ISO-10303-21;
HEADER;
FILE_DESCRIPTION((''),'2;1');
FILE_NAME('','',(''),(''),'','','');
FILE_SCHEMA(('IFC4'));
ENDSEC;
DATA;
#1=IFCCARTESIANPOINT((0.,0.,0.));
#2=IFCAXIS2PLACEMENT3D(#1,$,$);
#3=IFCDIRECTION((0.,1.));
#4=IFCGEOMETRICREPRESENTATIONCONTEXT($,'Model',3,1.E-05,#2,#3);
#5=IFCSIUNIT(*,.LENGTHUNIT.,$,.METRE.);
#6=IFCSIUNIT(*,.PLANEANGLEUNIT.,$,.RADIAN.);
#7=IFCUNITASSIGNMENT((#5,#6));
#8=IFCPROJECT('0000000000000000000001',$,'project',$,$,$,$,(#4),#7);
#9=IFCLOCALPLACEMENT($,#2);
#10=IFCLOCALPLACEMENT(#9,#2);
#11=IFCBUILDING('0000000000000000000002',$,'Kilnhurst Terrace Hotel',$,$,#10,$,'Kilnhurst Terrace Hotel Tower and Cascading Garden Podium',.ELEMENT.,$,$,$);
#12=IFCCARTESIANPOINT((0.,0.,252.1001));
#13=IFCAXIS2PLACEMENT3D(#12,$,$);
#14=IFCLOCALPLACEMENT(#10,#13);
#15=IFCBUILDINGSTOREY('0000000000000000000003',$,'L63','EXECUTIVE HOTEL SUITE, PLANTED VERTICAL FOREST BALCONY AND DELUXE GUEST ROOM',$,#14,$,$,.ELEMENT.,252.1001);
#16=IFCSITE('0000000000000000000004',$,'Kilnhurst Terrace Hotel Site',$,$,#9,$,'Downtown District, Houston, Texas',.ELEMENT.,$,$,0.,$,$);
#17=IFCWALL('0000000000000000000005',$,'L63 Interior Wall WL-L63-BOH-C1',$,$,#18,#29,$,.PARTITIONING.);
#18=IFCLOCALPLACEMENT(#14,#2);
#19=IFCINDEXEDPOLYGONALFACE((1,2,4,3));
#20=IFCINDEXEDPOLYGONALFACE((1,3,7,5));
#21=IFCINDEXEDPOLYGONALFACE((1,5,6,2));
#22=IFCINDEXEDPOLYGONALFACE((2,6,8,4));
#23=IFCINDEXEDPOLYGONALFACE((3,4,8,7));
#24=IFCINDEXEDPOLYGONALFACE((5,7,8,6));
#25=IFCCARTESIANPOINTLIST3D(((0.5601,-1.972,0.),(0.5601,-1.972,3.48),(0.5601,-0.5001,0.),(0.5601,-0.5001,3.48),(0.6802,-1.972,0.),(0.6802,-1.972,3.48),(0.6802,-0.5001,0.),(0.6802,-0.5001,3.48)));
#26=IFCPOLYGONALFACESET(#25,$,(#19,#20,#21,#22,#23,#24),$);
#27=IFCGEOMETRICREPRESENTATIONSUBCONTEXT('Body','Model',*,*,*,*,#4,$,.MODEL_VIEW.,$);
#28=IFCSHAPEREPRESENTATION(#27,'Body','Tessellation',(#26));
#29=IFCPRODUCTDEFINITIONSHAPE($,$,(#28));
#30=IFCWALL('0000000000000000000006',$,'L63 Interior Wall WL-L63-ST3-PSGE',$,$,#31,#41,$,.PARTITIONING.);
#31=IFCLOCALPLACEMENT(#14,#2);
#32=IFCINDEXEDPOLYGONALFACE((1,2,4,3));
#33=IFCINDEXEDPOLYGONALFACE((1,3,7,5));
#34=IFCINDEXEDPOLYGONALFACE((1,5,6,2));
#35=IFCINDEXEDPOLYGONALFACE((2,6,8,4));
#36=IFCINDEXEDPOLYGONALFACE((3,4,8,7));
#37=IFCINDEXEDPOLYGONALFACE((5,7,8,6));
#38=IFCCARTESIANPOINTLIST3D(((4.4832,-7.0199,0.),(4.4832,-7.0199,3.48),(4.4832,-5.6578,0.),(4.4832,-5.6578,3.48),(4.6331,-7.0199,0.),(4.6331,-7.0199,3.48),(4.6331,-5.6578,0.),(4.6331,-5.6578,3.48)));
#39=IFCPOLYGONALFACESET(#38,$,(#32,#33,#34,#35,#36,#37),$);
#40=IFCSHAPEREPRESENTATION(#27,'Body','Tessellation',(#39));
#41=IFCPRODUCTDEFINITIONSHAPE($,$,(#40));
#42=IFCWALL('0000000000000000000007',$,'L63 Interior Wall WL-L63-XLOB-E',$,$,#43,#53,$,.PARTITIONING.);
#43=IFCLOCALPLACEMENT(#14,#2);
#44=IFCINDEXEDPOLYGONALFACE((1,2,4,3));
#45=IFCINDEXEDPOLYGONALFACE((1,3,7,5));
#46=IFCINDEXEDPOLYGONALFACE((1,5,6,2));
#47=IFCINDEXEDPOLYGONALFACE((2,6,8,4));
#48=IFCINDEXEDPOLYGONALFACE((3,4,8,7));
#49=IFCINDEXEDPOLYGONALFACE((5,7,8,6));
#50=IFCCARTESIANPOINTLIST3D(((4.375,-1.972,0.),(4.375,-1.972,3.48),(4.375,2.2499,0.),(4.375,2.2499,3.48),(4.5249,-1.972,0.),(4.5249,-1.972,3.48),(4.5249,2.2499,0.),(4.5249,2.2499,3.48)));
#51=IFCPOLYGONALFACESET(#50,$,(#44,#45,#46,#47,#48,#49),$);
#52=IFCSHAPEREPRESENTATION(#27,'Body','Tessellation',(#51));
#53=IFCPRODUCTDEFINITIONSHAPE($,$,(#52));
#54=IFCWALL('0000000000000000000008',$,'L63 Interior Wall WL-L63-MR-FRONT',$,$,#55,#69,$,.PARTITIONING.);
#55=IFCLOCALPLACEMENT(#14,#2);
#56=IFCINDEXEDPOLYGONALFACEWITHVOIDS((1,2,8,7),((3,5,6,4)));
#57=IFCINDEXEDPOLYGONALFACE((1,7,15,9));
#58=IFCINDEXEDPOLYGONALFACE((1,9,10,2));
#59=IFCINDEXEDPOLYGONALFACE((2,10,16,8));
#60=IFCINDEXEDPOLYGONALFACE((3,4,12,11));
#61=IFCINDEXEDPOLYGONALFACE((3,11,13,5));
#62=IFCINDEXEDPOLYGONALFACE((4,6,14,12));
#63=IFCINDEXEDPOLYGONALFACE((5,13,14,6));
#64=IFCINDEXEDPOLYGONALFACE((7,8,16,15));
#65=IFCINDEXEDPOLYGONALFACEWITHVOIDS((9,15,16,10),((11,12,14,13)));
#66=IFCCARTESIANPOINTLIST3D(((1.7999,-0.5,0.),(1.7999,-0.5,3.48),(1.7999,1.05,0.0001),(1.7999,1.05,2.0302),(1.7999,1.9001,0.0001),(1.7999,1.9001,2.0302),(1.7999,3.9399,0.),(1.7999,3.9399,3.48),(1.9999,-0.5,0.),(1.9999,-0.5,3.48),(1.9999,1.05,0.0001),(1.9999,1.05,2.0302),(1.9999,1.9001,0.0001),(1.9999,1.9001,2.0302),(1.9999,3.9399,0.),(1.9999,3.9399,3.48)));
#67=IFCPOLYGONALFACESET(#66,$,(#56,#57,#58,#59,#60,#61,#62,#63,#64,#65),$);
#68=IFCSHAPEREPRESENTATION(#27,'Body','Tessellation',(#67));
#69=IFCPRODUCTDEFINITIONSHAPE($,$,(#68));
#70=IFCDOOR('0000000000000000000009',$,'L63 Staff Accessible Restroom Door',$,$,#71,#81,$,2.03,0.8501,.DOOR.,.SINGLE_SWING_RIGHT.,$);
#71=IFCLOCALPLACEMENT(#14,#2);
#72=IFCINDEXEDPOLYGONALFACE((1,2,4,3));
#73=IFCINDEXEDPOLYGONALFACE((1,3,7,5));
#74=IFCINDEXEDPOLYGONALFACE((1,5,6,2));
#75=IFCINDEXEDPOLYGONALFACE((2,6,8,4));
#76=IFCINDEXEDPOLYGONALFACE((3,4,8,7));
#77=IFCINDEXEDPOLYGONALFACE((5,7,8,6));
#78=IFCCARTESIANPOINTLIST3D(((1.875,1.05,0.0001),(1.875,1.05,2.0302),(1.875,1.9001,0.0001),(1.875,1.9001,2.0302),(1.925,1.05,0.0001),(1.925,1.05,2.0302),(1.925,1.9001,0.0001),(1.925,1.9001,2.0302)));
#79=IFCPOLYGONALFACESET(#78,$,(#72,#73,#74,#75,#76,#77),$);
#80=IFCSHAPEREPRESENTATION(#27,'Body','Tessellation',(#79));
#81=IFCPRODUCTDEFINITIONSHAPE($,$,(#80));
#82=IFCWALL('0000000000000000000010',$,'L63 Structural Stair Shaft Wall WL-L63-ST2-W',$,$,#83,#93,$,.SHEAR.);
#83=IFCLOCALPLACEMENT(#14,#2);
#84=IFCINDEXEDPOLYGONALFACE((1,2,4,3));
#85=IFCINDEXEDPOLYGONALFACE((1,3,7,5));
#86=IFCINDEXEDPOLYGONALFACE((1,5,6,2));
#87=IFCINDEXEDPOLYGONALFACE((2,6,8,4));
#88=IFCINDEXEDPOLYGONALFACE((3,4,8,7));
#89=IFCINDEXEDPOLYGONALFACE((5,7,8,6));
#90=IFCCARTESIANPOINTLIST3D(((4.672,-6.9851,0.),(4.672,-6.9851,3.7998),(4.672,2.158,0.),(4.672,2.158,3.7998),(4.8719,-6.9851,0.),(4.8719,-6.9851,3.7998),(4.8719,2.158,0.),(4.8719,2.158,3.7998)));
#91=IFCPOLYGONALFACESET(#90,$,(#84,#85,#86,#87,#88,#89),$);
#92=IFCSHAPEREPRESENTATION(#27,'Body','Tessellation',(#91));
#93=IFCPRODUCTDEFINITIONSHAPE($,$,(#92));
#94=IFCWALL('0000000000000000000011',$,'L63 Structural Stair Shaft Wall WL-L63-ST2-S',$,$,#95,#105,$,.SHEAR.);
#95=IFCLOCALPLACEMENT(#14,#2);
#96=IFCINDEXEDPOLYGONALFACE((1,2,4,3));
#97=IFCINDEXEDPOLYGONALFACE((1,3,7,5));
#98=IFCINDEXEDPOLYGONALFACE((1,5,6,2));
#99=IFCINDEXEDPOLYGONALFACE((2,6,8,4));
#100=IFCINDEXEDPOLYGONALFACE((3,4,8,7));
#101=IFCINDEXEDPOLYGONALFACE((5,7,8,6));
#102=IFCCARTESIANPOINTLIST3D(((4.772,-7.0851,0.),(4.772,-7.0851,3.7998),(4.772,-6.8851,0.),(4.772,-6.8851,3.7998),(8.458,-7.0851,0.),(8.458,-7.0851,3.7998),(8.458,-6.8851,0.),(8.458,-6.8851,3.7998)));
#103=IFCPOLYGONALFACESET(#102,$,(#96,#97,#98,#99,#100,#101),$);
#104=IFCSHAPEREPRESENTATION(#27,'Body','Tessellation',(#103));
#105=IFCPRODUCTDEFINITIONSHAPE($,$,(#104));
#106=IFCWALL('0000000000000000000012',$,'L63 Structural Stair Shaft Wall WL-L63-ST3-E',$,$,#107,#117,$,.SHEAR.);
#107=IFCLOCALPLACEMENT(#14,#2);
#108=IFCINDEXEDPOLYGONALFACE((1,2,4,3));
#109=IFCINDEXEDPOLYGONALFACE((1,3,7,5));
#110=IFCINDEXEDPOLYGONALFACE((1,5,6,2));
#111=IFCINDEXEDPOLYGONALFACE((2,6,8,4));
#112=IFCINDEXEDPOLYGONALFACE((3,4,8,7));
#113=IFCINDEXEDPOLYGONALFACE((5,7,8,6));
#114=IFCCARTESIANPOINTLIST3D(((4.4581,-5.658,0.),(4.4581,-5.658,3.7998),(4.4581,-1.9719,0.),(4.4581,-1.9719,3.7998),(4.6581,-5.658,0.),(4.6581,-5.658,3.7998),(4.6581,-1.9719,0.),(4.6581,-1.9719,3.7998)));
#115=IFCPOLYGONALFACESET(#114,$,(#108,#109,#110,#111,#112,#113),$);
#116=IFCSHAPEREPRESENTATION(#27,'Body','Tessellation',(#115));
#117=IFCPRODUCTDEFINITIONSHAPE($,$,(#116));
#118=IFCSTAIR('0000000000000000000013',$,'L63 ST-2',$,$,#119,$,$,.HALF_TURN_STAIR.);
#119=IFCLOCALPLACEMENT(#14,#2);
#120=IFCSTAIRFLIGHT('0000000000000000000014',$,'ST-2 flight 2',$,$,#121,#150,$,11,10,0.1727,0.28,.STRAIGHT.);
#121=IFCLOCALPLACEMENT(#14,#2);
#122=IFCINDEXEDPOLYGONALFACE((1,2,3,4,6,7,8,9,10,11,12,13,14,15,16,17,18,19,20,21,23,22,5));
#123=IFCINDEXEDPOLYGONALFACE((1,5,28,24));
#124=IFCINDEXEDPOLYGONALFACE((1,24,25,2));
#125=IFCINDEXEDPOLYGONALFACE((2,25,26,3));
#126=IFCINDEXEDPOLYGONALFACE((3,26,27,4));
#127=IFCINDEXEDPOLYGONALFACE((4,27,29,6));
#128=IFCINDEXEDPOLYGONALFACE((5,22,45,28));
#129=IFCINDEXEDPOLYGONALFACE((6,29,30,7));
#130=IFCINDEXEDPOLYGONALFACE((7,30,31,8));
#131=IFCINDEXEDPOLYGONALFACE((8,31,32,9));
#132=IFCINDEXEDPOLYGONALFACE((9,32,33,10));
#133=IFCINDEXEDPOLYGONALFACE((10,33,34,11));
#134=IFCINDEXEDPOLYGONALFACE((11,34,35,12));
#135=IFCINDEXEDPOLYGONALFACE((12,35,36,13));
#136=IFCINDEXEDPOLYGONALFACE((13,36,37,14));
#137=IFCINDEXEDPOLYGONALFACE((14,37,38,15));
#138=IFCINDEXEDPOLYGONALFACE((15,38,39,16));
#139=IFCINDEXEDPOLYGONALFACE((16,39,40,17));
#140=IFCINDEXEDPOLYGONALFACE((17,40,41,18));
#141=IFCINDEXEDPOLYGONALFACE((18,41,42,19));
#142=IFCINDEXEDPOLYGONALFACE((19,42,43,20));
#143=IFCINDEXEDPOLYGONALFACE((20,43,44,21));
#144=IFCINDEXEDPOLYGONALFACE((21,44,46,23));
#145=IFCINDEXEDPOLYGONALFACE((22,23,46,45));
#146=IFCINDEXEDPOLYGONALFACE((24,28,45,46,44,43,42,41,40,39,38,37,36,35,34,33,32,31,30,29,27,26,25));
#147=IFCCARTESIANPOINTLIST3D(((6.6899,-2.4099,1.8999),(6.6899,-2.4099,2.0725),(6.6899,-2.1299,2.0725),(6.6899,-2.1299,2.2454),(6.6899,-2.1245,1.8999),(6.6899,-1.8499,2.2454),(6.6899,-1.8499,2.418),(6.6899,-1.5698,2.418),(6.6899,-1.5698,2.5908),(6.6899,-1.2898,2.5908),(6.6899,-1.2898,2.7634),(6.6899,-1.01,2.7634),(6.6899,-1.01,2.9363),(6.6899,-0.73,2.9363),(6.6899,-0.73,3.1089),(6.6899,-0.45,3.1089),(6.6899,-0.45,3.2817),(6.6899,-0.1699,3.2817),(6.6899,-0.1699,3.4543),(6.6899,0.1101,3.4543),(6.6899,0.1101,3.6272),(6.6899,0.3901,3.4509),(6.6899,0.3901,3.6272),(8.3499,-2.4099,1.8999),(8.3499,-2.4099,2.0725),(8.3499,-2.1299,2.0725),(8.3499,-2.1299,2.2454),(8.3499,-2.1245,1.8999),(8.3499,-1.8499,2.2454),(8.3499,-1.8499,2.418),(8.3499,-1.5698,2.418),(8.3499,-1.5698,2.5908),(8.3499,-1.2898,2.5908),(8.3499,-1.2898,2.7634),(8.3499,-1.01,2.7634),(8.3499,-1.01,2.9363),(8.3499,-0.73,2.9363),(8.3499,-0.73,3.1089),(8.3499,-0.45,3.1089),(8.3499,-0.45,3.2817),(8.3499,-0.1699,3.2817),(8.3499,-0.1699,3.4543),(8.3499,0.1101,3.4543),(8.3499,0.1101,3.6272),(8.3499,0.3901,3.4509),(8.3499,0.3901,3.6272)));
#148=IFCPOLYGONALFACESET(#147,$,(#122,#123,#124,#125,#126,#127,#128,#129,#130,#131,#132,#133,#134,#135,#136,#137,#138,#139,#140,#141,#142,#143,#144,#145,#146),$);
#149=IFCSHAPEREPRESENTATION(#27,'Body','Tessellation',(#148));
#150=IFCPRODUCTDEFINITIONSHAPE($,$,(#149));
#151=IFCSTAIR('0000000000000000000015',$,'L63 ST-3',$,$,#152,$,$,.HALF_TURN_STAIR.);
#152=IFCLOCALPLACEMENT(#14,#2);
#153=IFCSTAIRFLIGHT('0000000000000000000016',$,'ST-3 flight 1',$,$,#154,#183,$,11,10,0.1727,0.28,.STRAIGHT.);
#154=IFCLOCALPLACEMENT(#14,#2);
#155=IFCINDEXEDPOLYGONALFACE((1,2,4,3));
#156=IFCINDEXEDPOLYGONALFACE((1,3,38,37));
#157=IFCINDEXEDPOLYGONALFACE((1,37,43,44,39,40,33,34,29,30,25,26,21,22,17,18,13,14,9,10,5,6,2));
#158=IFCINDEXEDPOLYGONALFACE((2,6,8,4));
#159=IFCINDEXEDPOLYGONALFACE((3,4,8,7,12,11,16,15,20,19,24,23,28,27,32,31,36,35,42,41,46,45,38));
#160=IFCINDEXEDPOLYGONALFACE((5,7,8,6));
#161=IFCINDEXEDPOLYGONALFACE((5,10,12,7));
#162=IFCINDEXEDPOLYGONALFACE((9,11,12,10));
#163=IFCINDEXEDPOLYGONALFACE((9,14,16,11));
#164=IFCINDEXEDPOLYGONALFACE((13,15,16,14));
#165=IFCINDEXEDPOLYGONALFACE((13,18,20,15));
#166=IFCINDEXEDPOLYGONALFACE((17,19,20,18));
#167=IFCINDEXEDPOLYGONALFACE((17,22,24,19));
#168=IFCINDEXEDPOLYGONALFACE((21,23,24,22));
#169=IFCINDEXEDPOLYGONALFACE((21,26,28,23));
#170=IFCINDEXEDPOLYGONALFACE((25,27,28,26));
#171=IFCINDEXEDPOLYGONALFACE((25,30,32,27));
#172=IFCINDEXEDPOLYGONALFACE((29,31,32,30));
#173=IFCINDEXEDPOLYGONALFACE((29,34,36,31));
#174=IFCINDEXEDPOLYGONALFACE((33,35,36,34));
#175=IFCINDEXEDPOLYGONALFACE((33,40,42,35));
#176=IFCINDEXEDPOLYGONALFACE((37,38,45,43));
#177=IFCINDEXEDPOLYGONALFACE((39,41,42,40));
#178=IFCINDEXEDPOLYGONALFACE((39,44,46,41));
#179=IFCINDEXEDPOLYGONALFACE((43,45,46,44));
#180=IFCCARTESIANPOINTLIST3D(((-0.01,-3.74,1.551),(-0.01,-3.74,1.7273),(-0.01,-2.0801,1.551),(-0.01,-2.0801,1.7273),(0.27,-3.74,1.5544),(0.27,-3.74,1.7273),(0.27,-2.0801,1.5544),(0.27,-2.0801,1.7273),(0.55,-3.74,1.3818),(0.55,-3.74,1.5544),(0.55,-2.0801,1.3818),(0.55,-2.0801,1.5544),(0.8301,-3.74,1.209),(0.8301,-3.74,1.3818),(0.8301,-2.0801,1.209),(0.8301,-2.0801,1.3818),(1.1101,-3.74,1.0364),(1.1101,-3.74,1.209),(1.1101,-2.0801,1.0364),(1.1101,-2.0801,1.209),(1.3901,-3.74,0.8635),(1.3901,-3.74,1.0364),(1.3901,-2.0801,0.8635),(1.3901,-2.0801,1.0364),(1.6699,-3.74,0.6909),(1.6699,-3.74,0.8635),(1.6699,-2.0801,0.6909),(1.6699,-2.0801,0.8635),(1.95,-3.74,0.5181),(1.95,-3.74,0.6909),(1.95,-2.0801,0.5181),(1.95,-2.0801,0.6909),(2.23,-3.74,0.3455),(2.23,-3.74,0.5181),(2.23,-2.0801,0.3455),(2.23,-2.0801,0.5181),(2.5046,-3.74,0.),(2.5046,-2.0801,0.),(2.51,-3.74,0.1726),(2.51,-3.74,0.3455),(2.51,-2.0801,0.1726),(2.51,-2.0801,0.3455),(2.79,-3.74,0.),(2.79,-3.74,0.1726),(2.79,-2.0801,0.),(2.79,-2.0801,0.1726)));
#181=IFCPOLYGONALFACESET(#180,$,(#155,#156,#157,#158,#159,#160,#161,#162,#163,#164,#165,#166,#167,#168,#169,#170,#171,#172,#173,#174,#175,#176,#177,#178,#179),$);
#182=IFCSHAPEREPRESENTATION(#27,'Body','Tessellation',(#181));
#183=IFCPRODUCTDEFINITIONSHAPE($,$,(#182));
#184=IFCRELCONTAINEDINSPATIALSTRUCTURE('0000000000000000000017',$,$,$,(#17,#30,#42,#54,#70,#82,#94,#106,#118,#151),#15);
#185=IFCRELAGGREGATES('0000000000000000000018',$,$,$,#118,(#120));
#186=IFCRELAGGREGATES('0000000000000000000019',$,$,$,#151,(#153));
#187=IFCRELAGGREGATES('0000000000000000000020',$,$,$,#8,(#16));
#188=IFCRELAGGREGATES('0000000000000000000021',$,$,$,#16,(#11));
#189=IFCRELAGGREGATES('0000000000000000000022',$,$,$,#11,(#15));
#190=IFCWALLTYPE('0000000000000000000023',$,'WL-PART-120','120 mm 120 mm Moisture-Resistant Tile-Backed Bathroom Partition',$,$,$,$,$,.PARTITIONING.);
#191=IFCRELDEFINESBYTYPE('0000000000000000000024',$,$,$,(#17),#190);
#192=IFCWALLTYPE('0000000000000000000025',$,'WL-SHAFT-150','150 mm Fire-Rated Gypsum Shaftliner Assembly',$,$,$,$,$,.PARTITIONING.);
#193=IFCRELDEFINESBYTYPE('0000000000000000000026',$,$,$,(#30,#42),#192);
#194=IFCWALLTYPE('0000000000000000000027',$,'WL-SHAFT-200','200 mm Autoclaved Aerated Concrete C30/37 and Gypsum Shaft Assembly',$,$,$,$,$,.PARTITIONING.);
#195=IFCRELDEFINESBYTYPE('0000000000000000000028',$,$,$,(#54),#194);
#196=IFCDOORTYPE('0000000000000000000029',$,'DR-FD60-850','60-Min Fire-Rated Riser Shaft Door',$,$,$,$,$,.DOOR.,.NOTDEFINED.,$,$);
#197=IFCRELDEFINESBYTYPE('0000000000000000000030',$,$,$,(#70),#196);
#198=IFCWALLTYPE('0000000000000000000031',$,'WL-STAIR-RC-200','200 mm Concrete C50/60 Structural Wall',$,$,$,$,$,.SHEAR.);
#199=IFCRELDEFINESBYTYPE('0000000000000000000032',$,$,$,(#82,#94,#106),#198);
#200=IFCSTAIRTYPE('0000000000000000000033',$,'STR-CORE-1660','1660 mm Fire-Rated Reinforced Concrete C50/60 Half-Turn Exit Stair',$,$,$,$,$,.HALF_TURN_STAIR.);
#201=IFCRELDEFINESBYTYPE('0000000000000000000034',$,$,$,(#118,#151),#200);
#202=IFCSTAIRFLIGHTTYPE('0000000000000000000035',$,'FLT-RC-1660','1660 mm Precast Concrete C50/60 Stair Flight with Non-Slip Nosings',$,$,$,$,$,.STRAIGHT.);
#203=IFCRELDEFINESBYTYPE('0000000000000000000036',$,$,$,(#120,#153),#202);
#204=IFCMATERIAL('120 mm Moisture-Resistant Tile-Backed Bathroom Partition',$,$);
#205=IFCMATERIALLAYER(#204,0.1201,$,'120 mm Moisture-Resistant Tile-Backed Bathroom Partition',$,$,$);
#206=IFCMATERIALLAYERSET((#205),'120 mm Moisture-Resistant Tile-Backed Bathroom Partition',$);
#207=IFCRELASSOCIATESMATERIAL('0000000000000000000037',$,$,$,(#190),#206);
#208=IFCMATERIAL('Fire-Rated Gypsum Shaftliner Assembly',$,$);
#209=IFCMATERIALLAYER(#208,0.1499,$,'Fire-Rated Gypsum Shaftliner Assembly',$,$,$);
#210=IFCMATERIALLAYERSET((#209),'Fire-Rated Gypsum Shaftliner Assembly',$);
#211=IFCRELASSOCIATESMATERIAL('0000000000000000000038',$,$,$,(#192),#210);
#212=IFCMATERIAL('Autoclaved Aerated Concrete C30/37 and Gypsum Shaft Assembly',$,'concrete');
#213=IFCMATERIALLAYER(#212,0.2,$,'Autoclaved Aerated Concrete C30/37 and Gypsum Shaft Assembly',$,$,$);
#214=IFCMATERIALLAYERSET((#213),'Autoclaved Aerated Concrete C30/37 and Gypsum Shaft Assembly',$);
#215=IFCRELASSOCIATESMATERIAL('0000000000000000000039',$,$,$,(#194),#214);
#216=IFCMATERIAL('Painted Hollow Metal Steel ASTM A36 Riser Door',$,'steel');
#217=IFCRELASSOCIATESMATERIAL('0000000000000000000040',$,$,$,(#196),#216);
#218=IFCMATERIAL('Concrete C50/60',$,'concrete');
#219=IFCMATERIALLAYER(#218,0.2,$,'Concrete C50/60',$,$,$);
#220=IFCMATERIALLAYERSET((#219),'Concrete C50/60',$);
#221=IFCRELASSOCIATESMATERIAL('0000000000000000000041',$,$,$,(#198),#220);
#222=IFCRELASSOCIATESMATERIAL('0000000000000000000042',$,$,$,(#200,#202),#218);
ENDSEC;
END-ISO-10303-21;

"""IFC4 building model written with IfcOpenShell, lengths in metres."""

from ifc_helpers import new_model, si_unit, direction, frame, frame_2d, origin, place, context, subcontext, project, spatial, polyline, rectangle, outline, extrude, material, layer, layer_set, type_object, element, fill, aggregate, save


model = new_model("IFC4")

# Units and contexts
model_context = context("Model", 3, precision=1e-05, world=origin(), true_north=direction((0.0, 1.0)))
body_context = subcontext(model_context, "Body", "Model", "MODEL_VIEW")
ifc_project = project(units=[si_unit("LENGTHUNIT", "METRE"), si_unit("PLANEANGLEUNIT", "RADIAN")], contexts=[model_context])

# Site, building, storey
site_placement = place(None, origin())
site = spatial("IfcSite", under=ifc_project, at=site_placement, Name="Kilnhurst Terrace Hotel Site", LongName="Downtown District, Houston, Texas", CompositionType="ELEMENT", RefElevation=0.0)
building_placement = place(site_placement, origin())
building = spatial("IfcBuilding", under=site, at=building_placement, Name="Kilnhurst Terrace Hotel", LongName="Kilnhurst Terrace Hotel Tower and Cascading Garden Podium", CompositionType="ELEMENT")
storey_placement = place(building_placement, frame((0.0, 0.0, 252.1001)))
storey = spatial("IfcBuildingStorey", under=building, at=storey_placement, Name="L63", Description="EXECUTIVE HOTEL SUITE, PLANTED VERTICAL FOREST BALCONY AND DELUXE GUEST ROOM", CompositionType="ELEMENT", Elevation=252.1001)

# Walls
ifc_material_1 = material(Name="120 mm Moisture-Resistant Tile-Backed Bathroom Partition")
ifc_layer_1 = layer(ifc_material_1, 0.1201, Name="120 mm Moisture-Resistant Tile-Backed Bathroom Partition")
ifc_layer_set_1 = layer_set([ifc_layer_1], Name="120 mm Moisture-Resistant Tile-Backed Bathroom Partition")
wall_type_1 = type_object("IfcWallType", Name="WL-PART-120", Description="120 mm 120 mm Moisture-Resistant Tile-Backed Bathroom Partition", PredefinedType="PARTITIONING", material=ifc_layer_set_1)
wall_1_placement = place(storey_placement, frame((0.6201, -1.9719, 0.0), z_axis=(0.0, 0.0, 1.0), x_axis=(0.0, 1.0, 0.0)))
element("IfcWall", 1, at=wall_1_placement, inside=storey, type_object=wall_type_1, Name="L63 Interior Wall WL-L63-BOH-C1", PredefinedType="PARTITIONING", context=body_context, shape_type="SweptSolid", body=[
    extrude(rectangle(XDim=1.4719, YDim=0.1201, at=frame_2d((0.7358, 0.0))), origin(), (0.0, 0.0, 1.0), 3.48),
])
ifc_material_2 = material(Name="Fire-Rated Gypsum Shaftliner Assembly")
ifc_layer_2 = layer(ifc_material_2, 0.1499, Name="Fire-Rated Gypsum Shaftliner Assembly")
ifc_layer_set_2 = layer_set([ifc_layer_2], Name="Fire-Rated Gypsum Shaftliner Assembly")
wall_type_2 = type_object("IfcWallType", Name="WL-SHAFT-150", Description="150 mm Fire-Rated Gypsum Shaftliner Assembly", PredefinedType="PARTITIONING", material=ifc_layer_set_2)
wall_2_placement = place(storey_placement, frame((4.5581, -7.02, 0.0), z_axis=(0.0, 0.0, 1.0), x_axis=(0.0, 1.0, 0.0)))
element("IfcWall", 2, at=wall_2_placement, inside=storey, type_object=wall_type_2, Name="L63 Interior Wall WL-L63-ST3-PSGE", PredefinedType="PARTITIONING", context=body_context, shape_type="SweptSolid", body=[
    extrude(rectangle(XDim=1.3621, YDim=0.1499, at=frame_2d((0.6812, 0.0))), origin(), (0.0, 0.0, 1.0), 3.48),
])
wall_3_placement = place(storey_placement, frame((4.45, -1.9719, 0.0), z_axis=(0.0, 0.0, 1.0), x_axis=(0.0, 1.0, 0.0)))
element("IfcWall", 3, at=wall_3_placement, inside=storey, type_object=wall_type_2, Name="L63 Interior Wall WL-L63-XLOB-E", PredefinedType="PARTITIONING", context=body_context, shape_type="SweptSolid", body=[
    extrude(rectangle(XDim=4.2219, YDim=0.1499, at=frame_2d((2.1108, 0.0))), origin(), (0.0, 0.0, 1.0), 3.48),
])

# Wall, opening, door
ifc_material_3 = material(Name="Autoclaved Aerated Concrete C30/37 and Gypsum Shaft Assembly", Category="concrete")
ifc_layer_3 = layer(ifc_material_3, 0.2, Name="Autoclaved Aerated Concrete C30/37 and Gypsum Shaft Assembly")
ifc_layer_set_3 = layer_set([ifc_layer_3], Name="Autoclaved Aerated Concrete C30/37 and Gypsum Shaft Assembly")
wall_type_3 = type_object("IfcWallType", Name="WL-SHAFT-200", Description="200 mm Autoclaved Aerated Concrete C30/37 and Gypsum Shaft Assembly", PredefinedType="PARTITIONING", material=ifc_layer_set_3)
wall_4_placement = place(storey_placement, frame((1.8999, -0.5, 0.0), z_axis=(0.0, 0.0, 1.0), x_axis=(0.0, 1.0, 0.0)))
wall_4 = element("IfcWall", 4, at=wall_4_placement, inside=storey, type_object=wall_type_3, Name="L63 Interior Wall WL-L63-MR-FRONT", PredefinedType="PARTITIONING", context=body_context, shape_type="SweptSolid", body=[
    extrude(rectangle(XDim=4.4399, YDim=0.2, at=frame_2d((2.22, 0.0))), origin(), (0.0, 0.0, 1.0), 3.48),
])
opening_placement = place(wall_4_placement, frame((1.55, 0.0, 0.0)))
opening = element("IfcOpeningElement", 5, at=opening_placement, cuts=wall_4, PredefinedType="OPENING", context=body_context, shape_type="SweptSolid", body=[
    extrude(rectangle(XDim=0.8501, YDim=2.03, at=frame_2d((0.425, 1.0151))), frame((0.0, 0.1099, 0.0), z_axis=(0.0, -1.0, 0.0), x_axis=(1.0, 0.0, 0.0)), (0.0, 0.0, 1.0), 0.22),
])
ifc_material_4 = material(Name="Painted Hollow Metal Steel ASTM A36 Riser Door", Category="steel")
door_type = type_object("IfcDoorType", Name="DR-FD60-850", Description="60-Min Fire-Rated Riser Shaft Door", OperationType="NOTDEFINED", PredefinedType="DOOR", material=ifc_material_4)
door_placement = place(opening_placement, origin())
door = element("IfcDoor", 6, at=door_placement, inside=storey, type_object=door_type, Name="L63 Staff Accessible Restroom Door", OperationType="SINGLE_SWING_RIGHT", OverallHeight=2.03, OverallWidth=0.8501, PredefinedType="DOOR", context=body_context, shape_type="SweptSolid", body=[
    extrude(rectangle(XDim=0.8501, YDim=2.03, at=frame_2d((0.425, 1.0151))), frame((0.0, 0.0249, 0.0), z_axis=(0.0, -1.0, 0.0), x_axis=(1.0, 0.0, 0.0)), (0.0, 0.0, 1.0), 0.05),
])
fill(opening, door)

# Walls
ifc_material_5 = material(Name="Concrete C50/60", Category="concrete")
ifc_layer_4 = layer(ifc_material_5, 0.2, Name="Concrete C50/60")
ifc_layer_set_4 = layer_set([ifc_layer_4], Name="Concrete C50/60")
wall_type_4 = type_object("IfcWallType", Name="WL-STAIR-RC-200", Description="200 mm Concrete C50/60 Structural Wall", PredefinedType="SHEAR", material=ifc_layer_set_4)
wall_5_placement = place(storey_placement, frame((4.772, -6.9851, 0.0), z_axis=(0.0, 0.0, 1.0), x_axis=(0.0, 1.0, 0.0)))
element("IfcWall", 7, at=wall_5_placement, inside=storey, type_object=wall_type_4, Name="L63 Structural Stair Shaft Wall WL-L63-ST2-W", PredefinedType="SHEAR", context=body_context, shape_type="SweptSolid", body=[
    extrude(rectangle(XDim=9.1431, YDim=0.2, at=frame_2d((4.5715, 0.0))), origin(), (0.0, 0.0, 1.0), 3.7998),
])
for number, where, z_axis, x_axis, name in (
    (8, (4.772, -6.9851, 0.0), (0.0, 0.0, 1.0), (1.0, 0.0, 0.0), "L63 Structural Stair Shaft Wall WL-L63-ST2-S"),
    (9, (4.5581, -5.658, 0.0), (0.0, 0.0, 1.0), (0.0, 1.0, 0.0), "L63 Structural Stair Shaft Wall WL-L63-ST3-E"),
):
    element("IfcWall", number, at=place(storey_placement, frame(where, z_axis=z_axis, x_axis=x_axis)), inside=storey, type_object=wall_type_4, Name=name, PredefinedType="SHEAR", context=body_context, shape_type="SweptSolid", body=[
        extrude(rectangle(XDim=3.686, YDim=0.2, at=frame_2d((1.843, 0.0))), origin(), (0.0, 0.0, 1.0), 3.7998),
    ])

# Stair, stair flight
stair_type = type_object("IfcStairType", Name="STR-CORE-1660", Description="1660 mm Fire-Rated Reinforced Concrete C50/60 Half-Turn Exit Stair", PredefinedType="HALF_TURN_STAIR", material=ifc_material_5)
stair_1_placement = place(storey_placement, origin())
stair_1 = element("IfcStair", 10, at=stair_1_placement, inside=storey, type_object=stair_type, Name="L63 ST-2", PredefinedType="HALF_TURN_STAIR")
stair_flight_type = type_object("IfcStairFlightType", Name="FLT-RC-1660", Description="1660 mm Precast Concrete C50/60 Stair Flight with Non-Slip Nosings", PredefinedType="STRAIGHT", material=ifc_material_5)
stair_flight_1_placement = place(storey_placement, frame((7.52, -2.4099, 1.8999), z_axis=(0.0, 0.0, 1.0), x_axis=(0.0, 1.0, 0.0)))
stair_flight_1 = element("IfcStairFlight", 11, at=stair_flight_1_placement, type_object=stair_flight_type, Name="ST-2 flight 2", NumberOfRisers=11, NumberOfTreads=10, PredefinedType="STRAIGHT", RiserHeight=0.1727, TreadLength=0.28, context=body_context, shape_type="SweptSolid", body=[
    extrude(outline(polyline([(0.0, 0.0), (0.0, 0.1726), (0.28, 0.1726), (0.28, 0.3455), (0.5601, 0.3455), (0.5601, 0.5181), (0.8401, 0.5181), (0.8401, 0.6909), (1.1201, 0.6909), (1.1201, 0.8635), (1.3999, 0.8635), (1.3999, 1.0364), (1.6799, 1.0364), (1.6799, 1.209), (1.96, 1.209), (1.96, 1.3818), (2.24, 1.3818), (2.24, 1.5544), (2.52, 1.5544), (2.52, 1.7273), (2.8, 1.7273), (2.8, 1.8999), (2.8, 1.551), (0.2854, 0.0), (0.0, 0.0)])), frame((0.0, 0.8301, 0.0), z_axis=(0.0, -1.0, 0.0), x_axis=(1.0, 0.0, 0.0)), (0.0, 0.0, 1.0), 1.6599),
])
aggregate(stair_1, [stair_flight_1])

# Stair, stair flight
stair_2_placement = place(storey_placement, origin())
stair_2 = element("IfcStair", 12, at=stair_2_placement, inside=storey, type_object=stair_type, Name="L63 ST-3", PredefinedType="HALF_TURN_STAIR")
stair_flight_2_placement = place(storey_placement, frame((2.79, -2.9099, 0.0), z_axis=(0.0, 0.0, 1.0), x_axis=(-1.0, 0.0, 0.0)))
stair_flight_2 = element("IfcStairFlight", 13, at=stair_flight_2_placement, type_object=stair_flight_type, Name="ST-3 flight 1", NumberOfRisers=11, NumberOfTreads=10, PredefinedType="STRAIGHT", RiserHeight=0.1727, TreadLength=0.28, context=body_context, shape_type="SweptSolid", body=[
    extrude(outline(polyline([(0.0, 0.0), (0.0, 0.1726), (0.28, 0.1726), (0.28, 0.3455), (0.5601, 0.3455), (0.5601, 0.5181), (0.8401, 0.5181), (0.8401, 0.6909), (1.1201, 0.6909), (1.1201, 0.8635), (1.3999, 0.8635), (1.3999, 1.0364), (1.6799, 1.0364), (1.6799, 1.209), (1.96, 1.209), (1.96, 1.3818), (2.24, 1.3818), (2.24, 1.5544), (2.52, 1.5544), (2.52, 1.7273), (2.8, 1.7273), (2.8, 1.8999), (2.8, 1.551), (0.2854, 0.0), (0.0, 0.0)])), frame((0.0, 0.8301, 0.0), z_axis=(0.0, -1.0, 0.0), x_axis=(1.0, 0.0, 0.0)), (0.0, 0.0, 1.0), 1.6599),
])
aggregate(stair_2, [stair_flight_2])

save(model, "model.ifc")
